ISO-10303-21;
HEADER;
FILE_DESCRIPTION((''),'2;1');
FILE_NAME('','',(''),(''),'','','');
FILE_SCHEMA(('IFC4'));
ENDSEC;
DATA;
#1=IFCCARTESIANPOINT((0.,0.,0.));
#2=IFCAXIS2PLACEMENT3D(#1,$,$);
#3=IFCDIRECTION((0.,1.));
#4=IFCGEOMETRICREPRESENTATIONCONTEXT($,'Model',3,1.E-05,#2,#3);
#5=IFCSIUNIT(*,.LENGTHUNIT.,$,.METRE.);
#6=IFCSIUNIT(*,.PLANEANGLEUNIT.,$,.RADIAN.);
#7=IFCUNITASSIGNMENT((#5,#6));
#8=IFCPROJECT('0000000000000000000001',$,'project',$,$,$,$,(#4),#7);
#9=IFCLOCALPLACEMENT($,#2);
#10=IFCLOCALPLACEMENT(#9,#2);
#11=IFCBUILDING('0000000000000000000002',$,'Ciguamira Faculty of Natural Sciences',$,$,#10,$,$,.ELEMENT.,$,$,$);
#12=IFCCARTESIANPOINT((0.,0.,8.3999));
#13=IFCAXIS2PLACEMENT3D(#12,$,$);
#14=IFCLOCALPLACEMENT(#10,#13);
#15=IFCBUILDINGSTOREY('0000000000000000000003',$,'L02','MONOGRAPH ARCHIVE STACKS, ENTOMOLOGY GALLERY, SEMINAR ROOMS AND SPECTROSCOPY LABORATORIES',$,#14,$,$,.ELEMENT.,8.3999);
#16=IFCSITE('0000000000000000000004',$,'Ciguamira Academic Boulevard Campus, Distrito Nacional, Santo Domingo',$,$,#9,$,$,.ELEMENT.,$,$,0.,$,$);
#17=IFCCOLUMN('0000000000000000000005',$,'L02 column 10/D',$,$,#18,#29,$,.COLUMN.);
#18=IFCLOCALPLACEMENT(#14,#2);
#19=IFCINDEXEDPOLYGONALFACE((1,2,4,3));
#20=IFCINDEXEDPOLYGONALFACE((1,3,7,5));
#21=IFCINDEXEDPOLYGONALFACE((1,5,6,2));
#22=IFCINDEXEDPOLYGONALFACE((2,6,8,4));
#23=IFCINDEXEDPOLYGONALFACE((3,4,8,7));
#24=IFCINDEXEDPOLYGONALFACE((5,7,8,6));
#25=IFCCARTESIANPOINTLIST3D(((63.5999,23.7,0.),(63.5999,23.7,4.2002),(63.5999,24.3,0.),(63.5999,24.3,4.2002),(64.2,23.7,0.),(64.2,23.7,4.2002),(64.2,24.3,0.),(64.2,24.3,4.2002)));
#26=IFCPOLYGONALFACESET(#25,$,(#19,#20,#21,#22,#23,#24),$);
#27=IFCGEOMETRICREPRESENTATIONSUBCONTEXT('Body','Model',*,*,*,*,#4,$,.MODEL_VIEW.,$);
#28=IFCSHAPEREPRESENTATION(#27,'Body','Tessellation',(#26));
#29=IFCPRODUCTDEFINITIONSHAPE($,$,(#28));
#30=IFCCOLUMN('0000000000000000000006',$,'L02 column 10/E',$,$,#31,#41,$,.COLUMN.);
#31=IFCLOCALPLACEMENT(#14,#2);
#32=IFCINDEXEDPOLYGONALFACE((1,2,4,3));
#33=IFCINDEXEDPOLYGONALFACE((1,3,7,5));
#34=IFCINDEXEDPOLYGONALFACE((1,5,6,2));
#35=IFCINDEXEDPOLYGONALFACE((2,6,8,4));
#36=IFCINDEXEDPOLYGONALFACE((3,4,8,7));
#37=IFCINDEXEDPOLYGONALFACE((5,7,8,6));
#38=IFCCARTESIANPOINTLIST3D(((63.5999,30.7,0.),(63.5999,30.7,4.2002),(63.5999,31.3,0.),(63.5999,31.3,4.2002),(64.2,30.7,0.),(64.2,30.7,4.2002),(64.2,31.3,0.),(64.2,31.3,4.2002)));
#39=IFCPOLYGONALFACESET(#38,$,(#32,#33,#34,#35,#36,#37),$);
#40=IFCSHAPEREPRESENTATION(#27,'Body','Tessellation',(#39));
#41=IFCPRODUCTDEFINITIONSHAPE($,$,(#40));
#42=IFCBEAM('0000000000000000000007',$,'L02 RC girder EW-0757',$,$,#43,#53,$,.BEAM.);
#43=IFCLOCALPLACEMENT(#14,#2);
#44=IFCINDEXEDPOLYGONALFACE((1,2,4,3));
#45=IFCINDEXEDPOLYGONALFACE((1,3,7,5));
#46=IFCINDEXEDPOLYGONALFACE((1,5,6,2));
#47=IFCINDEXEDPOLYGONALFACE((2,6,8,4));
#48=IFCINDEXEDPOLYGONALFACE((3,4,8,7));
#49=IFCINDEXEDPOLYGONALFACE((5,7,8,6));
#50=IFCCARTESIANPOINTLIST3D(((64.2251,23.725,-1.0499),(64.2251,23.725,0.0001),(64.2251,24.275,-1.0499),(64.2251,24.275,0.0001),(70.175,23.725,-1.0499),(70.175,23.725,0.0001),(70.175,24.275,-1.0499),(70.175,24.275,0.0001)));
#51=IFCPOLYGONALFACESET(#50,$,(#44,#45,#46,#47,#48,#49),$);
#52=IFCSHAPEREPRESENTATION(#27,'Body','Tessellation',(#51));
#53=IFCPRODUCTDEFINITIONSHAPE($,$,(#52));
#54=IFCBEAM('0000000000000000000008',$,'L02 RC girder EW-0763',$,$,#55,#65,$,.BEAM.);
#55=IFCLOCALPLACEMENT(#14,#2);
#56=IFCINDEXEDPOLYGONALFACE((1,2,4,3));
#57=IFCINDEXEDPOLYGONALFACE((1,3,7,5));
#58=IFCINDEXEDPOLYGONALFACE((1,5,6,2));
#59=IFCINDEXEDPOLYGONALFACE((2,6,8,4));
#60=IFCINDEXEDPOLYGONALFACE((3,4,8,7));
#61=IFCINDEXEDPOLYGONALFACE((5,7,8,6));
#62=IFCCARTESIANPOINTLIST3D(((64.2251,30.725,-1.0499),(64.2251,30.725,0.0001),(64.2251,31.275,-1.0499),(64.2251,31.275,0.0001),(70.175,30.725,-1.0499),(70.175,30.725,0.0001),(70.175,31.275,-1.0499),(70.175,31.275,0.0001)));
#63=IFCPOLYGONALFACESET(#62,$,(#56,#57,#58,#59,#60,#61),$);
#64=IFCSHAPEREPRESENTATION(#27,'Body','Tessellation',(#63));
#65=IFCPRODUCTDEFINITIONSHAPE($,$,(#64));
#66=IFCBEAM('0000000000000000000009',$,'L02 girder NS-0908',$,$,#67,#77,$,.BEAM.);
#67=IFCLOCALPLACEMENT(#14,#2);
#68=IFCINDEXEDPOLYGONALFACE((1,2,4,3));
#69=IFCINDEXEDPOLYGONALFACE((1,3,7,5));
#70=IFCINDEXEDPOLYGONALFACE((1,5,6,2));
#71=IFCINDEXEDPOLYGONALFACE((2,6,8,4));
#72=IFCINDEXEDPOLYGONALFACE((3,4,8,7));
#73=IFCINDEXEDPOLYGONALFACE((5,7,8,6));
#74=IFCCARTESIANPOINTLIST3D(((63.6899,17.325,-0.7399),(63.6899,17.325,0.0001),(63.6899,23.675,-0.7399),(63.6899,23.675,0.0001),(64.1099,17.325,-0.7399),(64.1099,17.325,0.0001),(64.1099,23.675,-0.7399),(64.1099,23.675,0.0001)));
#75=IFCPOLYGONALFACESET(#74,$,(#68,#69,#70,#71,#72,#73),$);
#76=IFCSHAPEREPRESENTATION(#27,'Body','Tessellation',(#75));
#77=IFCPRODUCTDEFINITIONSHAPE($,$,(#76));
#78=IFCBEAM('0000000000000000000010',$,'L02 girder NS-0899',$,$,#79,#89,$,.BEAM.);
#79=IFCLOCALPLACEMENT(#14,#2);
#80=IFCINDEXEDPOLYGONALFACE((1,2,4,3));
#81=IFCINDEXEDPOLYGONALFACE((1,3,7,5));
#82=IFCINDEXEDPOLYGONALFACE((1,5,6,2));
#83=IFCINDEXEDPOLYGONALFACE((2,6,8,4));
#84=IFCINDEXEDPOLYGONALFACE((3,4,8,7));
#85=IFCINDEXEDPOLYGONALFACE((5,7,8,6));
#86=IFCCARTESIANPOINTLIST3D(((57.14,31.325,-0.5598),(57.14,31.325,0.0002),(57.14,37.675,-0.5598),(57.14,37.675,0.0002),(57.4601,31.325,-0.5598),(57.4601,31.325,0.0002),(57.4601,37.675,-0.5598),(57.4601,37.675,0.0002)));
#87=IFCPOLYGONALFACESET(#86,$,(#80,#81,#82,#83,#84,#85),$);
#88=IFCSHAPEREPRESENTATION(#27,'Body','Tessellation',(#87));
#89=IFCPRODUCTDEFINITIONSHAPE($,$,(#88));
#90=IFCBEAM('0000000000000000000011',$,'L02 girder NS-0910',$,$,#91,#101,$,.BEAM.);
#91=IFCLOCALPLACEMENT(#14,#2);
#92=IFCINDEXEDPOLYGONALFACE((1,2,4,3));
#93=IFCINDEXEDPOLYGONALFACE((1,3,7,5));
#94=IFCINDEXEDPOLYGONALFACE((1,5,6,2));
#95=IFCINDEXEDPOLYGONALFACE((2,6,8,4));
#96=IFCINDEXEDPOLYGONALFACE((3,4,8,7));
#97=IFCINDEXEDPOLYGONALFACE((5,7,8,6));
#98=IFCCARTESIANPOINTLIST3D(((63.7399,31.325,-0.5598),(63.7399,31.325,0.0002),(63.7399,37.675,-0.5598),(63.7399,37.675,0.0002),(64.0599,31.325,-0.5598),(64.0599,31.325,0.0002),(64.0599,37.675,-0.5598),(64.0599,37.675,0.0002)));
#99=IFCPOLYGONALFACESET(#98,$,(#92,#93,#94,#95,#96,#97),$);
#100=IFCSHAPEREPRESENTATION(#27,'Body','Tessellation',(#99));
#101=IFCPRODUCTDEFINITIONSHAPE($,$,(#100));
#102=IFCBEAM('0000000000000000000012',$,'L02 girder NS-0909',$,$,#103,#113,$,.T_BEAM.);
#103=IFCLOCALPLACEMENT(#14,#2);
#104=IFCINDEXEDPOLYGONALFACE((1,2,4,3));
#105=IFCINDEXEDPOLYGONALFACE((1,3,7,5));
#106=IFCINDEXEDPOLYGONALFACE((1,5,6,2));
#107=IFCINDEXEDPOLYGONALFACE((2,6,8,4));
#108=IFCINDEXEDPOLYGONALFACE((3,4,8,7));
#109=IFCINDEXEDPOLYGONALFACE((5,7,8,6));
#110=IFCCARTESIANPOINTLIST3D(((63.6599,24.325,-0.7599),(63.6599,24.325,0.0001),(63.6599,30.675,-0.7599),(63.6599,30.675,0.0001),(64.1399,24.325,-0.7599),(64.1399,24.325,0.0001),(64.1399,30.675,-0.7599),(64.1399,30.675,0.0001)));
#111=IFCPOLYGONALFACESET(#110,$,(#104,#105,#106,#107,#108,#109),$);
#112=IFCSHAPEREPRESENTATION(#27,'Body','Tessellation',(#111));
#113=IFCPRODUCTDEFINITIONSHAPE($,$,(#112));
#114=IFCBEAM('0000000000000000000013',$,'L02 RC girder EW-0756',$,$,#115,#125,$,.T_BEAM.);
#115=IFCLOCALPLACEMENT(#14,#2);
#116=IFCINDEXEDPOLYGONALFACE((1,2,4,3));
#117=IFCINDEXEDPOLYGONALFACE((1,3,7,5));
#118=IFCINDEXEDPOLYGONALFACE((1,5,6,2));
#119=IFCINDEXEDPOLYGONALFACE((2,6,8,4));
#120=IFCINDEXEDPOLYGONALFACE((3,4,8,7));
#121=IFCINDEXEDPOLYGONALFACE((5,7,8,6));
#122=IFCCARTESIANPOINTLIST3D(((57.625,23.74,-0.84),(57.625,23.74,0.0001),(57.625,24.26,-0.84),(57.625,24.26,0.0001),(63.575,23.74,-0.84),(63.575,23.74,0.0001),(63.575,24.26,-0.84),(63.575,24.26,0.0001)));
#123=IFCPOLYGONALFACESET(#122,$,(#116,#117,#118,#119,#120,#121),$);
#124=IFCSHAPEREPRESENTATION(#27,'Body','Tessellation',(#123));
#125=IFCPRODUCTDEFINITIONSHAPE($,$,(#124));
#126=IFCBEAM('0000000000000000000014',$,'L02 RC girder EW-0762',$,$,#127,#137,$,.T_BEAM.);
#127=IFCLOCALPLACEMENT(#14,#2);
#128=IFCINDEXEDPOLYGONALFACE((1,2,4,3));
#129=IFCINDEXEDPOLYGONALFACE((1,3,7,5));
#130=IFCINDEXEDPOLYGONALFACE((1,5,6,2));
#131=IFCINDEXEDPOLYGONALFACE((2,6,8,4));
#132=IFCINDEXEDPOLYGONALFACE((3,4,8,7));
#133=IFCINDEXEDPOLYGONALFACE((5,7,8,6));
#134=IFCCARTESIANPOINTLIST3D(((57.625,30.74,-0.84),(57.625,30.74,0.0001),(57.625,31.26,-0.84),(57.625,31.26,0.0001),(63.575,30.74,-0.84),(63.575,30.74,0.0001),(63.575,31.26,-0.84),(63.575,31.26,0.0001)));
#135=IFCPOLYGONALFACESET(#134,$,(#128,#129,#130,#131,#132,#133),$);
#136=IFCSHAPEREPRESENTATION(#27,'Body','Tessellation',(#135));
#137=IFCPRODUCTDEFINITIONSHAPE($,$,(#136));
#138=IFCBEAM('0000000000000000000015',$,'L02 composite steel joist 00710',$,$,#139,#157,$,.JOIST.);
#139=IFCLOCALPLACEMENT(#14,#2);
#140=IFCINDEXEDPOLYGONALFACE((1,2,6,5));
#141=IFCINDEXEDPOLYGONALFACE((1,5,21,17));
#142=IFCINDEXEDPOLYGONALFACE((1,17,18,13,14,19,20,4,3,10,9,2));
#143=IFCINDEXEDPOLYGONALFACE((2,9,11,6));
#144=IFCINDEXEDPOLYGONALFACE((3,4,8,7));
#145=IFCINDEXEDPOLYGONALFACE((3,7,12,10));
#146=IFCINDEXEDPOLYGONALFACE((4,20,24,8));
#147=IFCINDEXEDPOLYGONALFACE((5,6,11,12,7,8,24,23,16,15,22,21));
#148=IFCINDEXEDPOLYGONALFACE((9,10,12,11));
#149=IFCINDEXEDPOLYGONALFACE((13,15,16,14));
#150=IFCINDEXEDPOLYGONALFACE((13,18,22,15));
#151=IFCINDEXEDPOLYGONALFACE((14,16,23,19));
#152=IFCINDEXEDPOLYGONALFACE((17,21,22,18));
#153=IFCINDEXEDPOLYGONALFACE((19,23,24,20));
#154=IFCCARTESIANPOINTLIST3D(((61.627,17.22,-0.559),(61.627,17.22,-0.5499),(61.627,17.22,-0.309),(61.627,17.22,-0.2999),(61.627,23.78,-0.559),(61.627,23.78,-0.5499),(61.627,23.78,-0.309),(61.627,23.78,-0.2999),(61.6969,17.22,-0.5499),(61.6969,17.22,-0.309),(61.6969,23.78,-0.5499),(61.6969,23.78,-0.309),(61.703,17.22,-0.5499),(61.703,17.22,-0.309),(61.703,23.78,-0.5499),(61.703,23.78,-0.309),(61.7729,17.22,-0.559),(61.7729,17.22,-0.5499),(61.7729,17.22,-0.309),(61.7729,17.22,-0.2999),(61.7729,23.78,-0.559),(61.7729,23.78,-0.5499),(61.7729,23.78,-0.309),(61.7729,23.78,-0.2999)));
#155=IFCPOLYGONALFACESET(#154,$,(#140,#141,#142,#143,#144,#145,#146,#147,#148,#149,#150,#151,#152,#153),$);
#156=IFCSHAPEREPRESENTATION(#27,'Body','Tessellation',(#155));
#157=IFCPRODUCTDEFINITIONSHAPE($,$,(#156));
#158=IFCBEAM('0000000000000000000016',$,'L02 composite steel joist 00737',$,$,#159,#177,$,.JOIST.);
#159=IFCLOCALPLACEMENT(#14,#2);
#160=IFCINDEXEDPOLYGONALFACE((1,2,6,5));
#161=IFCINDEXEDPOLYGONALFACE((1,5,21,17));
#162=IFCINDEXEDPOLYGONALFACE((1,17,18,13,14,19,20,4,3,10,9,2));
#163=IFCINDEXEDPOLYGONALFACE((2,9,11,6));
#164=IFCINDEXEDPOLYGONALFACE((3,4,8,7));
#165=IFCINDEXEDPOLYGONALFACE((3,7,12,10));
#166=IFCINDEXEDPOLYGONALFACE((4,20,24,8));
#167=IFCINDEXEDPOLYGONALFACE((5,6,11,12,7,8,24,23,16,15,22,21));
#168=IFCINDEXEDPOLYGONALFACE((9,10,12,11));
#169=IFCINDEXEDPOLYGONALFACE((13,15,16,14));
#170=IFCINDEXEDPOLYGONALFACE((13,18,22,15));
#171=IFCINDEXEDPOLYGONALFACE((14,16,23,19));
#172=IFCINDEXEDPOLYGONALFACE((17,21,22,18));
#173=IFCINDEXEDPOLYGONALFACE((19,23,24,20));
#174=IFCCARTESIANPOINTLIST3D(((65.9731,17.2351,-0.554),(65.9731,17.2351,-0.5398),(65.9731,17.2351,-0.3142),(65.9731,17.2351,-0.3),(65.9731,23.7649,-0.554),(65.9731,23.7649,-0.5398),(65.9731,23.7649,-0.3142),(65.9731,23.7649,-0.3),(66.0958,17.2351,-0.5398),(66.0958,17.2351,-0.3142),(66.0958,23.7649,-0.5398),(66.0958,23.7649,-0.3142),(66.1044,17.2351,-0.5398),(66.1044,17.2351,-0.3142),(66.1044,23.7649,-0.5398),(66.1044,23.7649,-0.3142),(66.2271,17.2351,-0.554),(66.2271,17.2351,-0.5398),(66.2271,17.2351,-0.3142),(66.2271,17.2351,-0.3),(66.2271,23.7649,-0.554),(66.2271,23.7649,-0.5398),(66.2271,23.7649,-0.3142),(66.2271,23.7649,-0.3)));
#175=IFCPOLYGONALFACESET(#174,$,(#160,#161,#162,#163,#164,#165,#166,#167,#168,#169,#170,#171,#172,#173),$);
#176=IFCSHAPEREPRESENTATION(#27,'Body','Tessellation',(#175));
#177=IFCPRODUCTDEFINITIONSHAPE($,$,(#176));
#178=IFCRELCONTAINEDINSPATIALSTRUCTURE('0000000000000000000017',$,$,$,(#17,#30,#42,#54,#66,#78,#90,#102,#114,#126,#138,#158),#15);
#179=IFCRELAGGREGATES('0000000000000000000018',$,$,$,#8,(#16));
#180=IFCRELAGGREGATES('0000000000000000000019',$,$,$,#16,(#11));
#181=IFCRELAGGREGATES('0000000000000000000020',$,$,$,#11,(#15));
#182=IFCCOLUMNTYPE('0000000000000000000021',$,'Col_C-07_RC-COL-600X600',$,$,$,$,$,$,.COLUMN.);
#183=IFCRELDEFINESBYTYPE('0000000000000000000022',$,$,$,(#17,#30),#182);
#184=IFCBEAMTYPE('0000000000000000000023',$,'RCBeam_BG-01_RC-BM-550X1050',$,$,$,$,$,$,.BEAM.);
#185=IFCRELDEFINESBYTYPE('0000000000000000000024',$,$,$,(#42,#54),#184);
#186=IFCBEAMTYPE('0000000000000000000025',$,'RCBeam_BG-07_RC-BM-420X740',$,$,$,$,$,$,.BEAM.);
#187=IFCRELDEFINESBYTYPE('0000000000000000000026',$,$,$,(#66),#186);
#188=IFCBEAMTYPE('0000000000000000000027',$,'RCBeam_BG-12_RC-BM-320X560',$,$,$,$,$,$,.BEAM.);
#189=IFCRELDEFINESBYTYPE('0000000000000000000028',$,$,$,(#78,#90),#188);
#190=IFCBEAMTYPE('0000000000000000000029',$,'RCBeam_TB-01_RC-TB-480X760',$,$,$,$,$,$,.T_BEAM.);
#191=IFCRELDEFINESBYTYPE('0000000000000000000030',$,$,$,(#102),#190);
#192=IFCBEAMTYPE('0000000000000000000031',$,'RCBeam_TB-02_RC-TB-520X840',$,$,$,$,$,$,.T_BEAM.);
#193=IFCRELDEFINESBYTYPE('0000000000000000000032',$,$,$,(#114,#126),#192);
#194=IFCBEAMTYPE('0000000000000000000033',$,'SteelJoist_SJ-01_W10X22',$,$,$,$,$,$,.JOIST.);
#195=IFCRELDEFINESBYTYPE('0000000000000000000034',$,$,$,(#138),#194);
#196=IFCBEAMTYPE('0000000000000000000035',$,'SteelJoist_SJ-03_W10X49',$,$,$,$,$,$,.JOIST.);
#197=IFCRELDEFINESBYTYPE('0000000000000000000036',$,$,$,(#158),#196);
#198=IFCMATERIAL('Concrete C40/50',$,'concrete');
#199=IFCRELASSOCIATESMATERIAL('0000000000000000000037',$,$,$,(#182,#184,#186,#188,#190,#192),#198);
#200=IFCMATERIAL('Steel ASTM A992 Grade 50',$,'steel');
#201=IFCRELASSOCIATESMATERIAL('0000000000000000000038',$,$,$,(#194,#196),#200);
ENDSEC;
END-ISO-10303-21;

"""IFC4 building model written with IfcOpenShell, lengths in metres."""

from ifc_helpers import new_model, si_unit, direction, frame, origin, origin_2d, place, context, subcontext, project, spatial, rectangle, i_section, extrude, material, material_profile, profile_set, type_object, element, save


model = new_model("IFC4")

# Units and contexts
model_context = context("Model", 3, precision=1e-05, world=origin(), true_north=direction((0.0, 1.0)))
body_context = subcontext(model_context, "Body", "Model", "MODEL_VIEW")
ifc_project = project(units=[si_unit("LENGTHUNIT", "METRE"), si_unit("PLANEANGLEUNIT", "RADIAN")], contexts=[model_context])

# Site, building, storey
site_placement = place(None, origin())
site = spatial("IfcSite", under=ifc_project, at=site_placement, Name="Ciguamira Academic Boulevard Campus, Distrito Nacional, Santo Domingo", CompositionType="ELEMENT", RefElevation=0.0)
building_placement = place(site_placement, origin())
building = spatial("IfcBuilding", under=site, at=building_placement, Name="Ciguamira Faculty of Natural Sciences", CompositionType="ELEMENT")
storey_placement = place(building_placement, frame((0.0, 0.0, 8.3999)))
storey = spatial("IfcBuildingStorey", under=building, at=storey_placement, Name="L02", Description="MONOGRAPH ARCHIVE STACKS, ENTOMOLOGY GALLERY, SEMINAR ROOMS AND SPECTROSCOPY LABORATORIES", CompositionType="ELEMENT", Elevation=8.3999)

# Columns
ifc_material_1 = material(Name="Concrete C40/50", Category="concrete")
ifc_material_profile_1 = material_profile(ifc_material_1, rectangle(XDim=0.6001, YDim=0.6001, at=origin_2d()), Name="RC-COL-600X600")
ifc_profile_set_1 = profile_set([ifc_material_profile_1], Name="Concrete C40/50")
column_type = type_object("IfcColumnType", Name="Col_C-07_RC-COL-600X600", PredefinedType="COLUMN", material=ifc_profile_set_1)
for number, where, z_axis, x_axis, name in (
    (1, (63.8999, 24.0, 0.0), (0.0, 0.0, 1.0), (1.0, 0.0, 0.0), "L02 column 10/D"),
    (2, (63.8999, 31.0, 0.0), (0.0, 0.0, 1.0), (1.0, 0.0, 0.0), "L02 column 10/E"),
):
    element("IfcColumn", number, at=place(storey_placement, frame(where, z_axis=z_axis, x_axis=x_axis)), inside=storey, type_object=column_type, Name=name, PredefinedType="COLUMN", context=body_context, shape_type="SweptSolid", body=[
        extrude(rectangle(XDim=0.6001, YDim=0.6001, at=origin_2d()), origin(), (0.0, 0.0, 1.0), 4.2002),
    ])

# Beams
ifc_material_profile_2 = material_profile(ifc_material_1, rectangle(XDim=0.55, YDim=1.05, at=origin_2d()), Name="RC-BM-550X1050")
ifc_profile_set_2 = profile_set([ifc_material_profile_2], Name="Concrete C40/50")
beam_type_1 = type_object("IfcBeamType", Name="RCBeam_BG-01_RC-BM-550X1050", PredefinedType="BEAM", material=ifc_profile_set_2)
for number, where, z_axis, x_axis, name in (
    (3, (64.2251, 24.0, -0.5249), (1.0, 0.0, 0.0), (0.0, 1.0, 0.0), "L02 RC girder EW-0757"),
    (4, (64.2251, 31.0, -0.5249), (1.0, 0.0, 0.0), (0.0, 1.0, 0.0), "L02 RC girder EW-0763"),
):
    element("IfcBeam", number, at=place(storey_placement, frame(where, z_axis=z_axis, x_axis=x_axis)), inside=storey, type_object=beam_type_1, Name=name, PredefinedType="BEAM", context=body_context, shape_type="SweptSolid", body=[
        extrude(rectangle(XDim=0.55, YDim=1.05, at=origin_2d()), origin(), (0.0, 0.0, 1.0), 5.95),
    ])
ifc_material_profile_3 = material_profile(ifc_material_1, rectangle(XDim=0.4199, YDim=0.74, at=origin_2d()), Name="RC-BM-420X740")
ifc_profile_set_3 = profile_set([ifc_material_profile_3], Name="Concrete C40/50")
beam_type_2 = type_object("IfcBeamType", Name="RCBeam_BG-07_RC-BM-420X740", PredefinedType="BEAM", material=ifc_profile_set_3)
beam_1_placement = place(storey_placement, frame((63.8999, 17.325, -0.3699), z_axis=(0.0, 1.0, 0.0), x_axis=(-1.0, 0.0, 0.0)))
element("IfcBeam", 5, at=beam_1_placement, inside=storey, type_object=beam_type_2, Name="L02 girder NS-0908", PredefinedType="BEAM", context=body_context, shape_type="SweptSolid", body=[
    extrude(rectangle(XDim=0.4199, YDim=0.74, at=origin_2d()), origin(), (0.0, 0.0, 1.0), 6.3501),
])
ifc_material_profile_4 = material_profile(ifc_material_1, rectangle(XDim=0.3201, YDim=0.5601, at=origin_2d()), Name="RC-BM-320X560")
ifc_profile_set_4 = profile_set([ifc_material_profile_4], Name="Concrete C40/50")
beam_type_3 = type_object("IfcBeamType", Name="RCBeam_BG-12_RC-BM-320X560", PredefinedType="BEAM", material=ifc_profile_set_4)
for number, where, z_axis, x_axis, name in (
    (6, (57.3, 31.325, -0.2798), (0.0, 1.0, 0.0), (-1.0, 0.0, 0.0), "L02 girder NS-0899"),
    (7, (63.8999, 31.325, -0.2798), (0.0, 1.0, 0.0), (-1.0, 0.0, 0.0), "L02 girder NS-0910"),
):
    element("IfcBeam", number, at=place(storey_placement, frame(where, z_axis=z_axis, x_axis=x_axis)), inside=storey, type_object=beam_type_3, Name=name, PredefinedType="BEAM", context=body_context, shape_type="SweptSolid", body=[
        extrude(rectangle(XDim=0.3201, YDim=0.5601, at=origin_2d()), origin(), (0.0, 0.0, 1.0), 6.3501),
    ])
ifc_material_profile_5 = material_profile(ifc_material_1, rectangle(XDim=0.48, YDim=0.76, at=origin_2d()), Name="RC-TB-480X760")
ifc_profile_set_5 = profile_set([ifc_material_profile_5], Name="Concrete C40/50")
beam_type_4 = type_object("IfcBeamType", Name="RCBeam_TB-01_RC-TB-480X760", PredefinedType="T_BEAM", material=ifc_profile_set_5)
beam_2_placement = place(storey_placement, frame((63.8999, 24.325, -0.3799), z_axis=(0.0, 1.0, 0.0), x_axis=(-1.0, 0.0, 0.0)))
element("IfcBeam", 8, at=beam_2_placement, inside=storey, type_object=beam_type_4, Name="L02 girder NS-0909", PredefinedType="T_BEAM", context=body_context, shape_type="SweptSolid", body=[
    extrude(rectangle(XDim=0.48, YDim=0.76, at=origin_2d()), origin(), (0.0, 0.0, 1.0), 6.3501),
])
ifc_material_profile_6 = material_profile(ifc_material_1, rectangle(XDim=0.52, YDim=0.8401, at=origin_2d()), Name="RC-TB-520X840")
ifc_profile_set_6 = profile_set([ifc_material_profile_6], Name="Concrete C40/50")
beam_type_5 = type_object("IfcBeamType", Name="RCBeam_TB-02_RC-TB-520X840", PredefinedType="T_BEAM", material=ifc_profile_set_6)
for number, where, z_axis, x_axis, name in (
    (9, (57.625, 24.0, -0.4199), (1.0, 0.0, 0.0), (0.0, 1.0, 0.0), "L02 RC girder EW-0756"),
    (10, (57.625, 31.0, -0.4199), (1.0, 0.0, 0.0), (0.0, 1.0, 0.0), "L02 RC girder EW-0762"),
):
    element("IfcBeam", number, at=place(storey_placement, frame(where, z_axis=z_axis, x_axis=x_axis)), inside=storey, type_object=beam_type_5, Name=name, PredefinedType="T_BEAM", context=body_context, shape_type="SweptSolid", body=[
        extrude(rectangle(XDim=0.52, YDim=0.8401, at=origin_2d()), origin(), (0.0, 0.0, 1.0), 5.95),
    ])
ifc_material_2 = material(Name="Steel ASTM A992 Grade 50", Category="steel")
ifc_material_profile_7 = material_profile(ifc_material_2, i_section(OverallWidth=0.146, OverallDepth=0.259, WebThickness=0.0061, FlangeThickness=0.009, at=origin_2d()), Name="W10X22")
ifc_profile_set_7 = profile_set([ifc_material_profile_7], Name="Steel ASTM A992 Grade 50")
beam_type_6 = type_object("IfcBeamType", Name="SteelJoist_SJ-01_W10X22", PredefinedType="JOIST", material=ifc_profile_set_7)
beam_3_placement = place(storey_placement, frame((61.7, 17.22, -0.4294), z_axis=(0.0, 1.0, 0.0), x_axis=(-1.0, 0.0, 0.0)))
element("IfcBeam", 11, at=beam_3_placement, inside=storey, type_object=beam_type_6, Name="L02 composite steel joist 00710", PredefinedType="JOIST", context=body_context, shape_type="SweptSolid", body=[
    extrude(i_section(OverallWidth=0.146, OverallDepth=0.259, WebThickness=0.0061, FlangeThickness=0.009, at=origin_2d()), origin(), (0.0, 0.0, 1.0), 6.5601),
])
ifc_material_profile_8 = material_profile(ifc_material_2, i_section(OverallWidth=0.2539, OverallDepth=0.2539, WebThickness=0.0085, FlangeThickness=0.0142, at=origin_2d()), Name="W10X49")
ifc_profile_set_8 = profile_set([ifc_material_profile_8], Name="Steel ASTM A992 Grade 50")
beam_type_7 = type_object("IfcBeamType", Name="SteelJoist_SJ-03_W10X49", PredefinedType="JOIST", material=ifc_profile_set_8)
beam_4_placement = place(storey_placement, frame((66.1001, 17.2351, -0.427), z_axis=(0.0, 1.0, 0.0), x_axis=(-1.0, 0.0, 0.0)))
element("IfcBeam", 12, at=beam_4_placement, inside=storey, type_object=beam_type_7, Name="L02 composite steel joist 00737", PredefinedType="JOIST", context=body_context, shape_type="SweptSolid", body=[
    extrude(i_section(OverallWidth=0.2539, OverallDepth=0.2539, WebThickness=0.0085, FlangeThickness=0.0142, at=origin_2d()), origin(), (0.0, 0.0, 1.0), 6.5298),
])

save(model, "model.ifc")
